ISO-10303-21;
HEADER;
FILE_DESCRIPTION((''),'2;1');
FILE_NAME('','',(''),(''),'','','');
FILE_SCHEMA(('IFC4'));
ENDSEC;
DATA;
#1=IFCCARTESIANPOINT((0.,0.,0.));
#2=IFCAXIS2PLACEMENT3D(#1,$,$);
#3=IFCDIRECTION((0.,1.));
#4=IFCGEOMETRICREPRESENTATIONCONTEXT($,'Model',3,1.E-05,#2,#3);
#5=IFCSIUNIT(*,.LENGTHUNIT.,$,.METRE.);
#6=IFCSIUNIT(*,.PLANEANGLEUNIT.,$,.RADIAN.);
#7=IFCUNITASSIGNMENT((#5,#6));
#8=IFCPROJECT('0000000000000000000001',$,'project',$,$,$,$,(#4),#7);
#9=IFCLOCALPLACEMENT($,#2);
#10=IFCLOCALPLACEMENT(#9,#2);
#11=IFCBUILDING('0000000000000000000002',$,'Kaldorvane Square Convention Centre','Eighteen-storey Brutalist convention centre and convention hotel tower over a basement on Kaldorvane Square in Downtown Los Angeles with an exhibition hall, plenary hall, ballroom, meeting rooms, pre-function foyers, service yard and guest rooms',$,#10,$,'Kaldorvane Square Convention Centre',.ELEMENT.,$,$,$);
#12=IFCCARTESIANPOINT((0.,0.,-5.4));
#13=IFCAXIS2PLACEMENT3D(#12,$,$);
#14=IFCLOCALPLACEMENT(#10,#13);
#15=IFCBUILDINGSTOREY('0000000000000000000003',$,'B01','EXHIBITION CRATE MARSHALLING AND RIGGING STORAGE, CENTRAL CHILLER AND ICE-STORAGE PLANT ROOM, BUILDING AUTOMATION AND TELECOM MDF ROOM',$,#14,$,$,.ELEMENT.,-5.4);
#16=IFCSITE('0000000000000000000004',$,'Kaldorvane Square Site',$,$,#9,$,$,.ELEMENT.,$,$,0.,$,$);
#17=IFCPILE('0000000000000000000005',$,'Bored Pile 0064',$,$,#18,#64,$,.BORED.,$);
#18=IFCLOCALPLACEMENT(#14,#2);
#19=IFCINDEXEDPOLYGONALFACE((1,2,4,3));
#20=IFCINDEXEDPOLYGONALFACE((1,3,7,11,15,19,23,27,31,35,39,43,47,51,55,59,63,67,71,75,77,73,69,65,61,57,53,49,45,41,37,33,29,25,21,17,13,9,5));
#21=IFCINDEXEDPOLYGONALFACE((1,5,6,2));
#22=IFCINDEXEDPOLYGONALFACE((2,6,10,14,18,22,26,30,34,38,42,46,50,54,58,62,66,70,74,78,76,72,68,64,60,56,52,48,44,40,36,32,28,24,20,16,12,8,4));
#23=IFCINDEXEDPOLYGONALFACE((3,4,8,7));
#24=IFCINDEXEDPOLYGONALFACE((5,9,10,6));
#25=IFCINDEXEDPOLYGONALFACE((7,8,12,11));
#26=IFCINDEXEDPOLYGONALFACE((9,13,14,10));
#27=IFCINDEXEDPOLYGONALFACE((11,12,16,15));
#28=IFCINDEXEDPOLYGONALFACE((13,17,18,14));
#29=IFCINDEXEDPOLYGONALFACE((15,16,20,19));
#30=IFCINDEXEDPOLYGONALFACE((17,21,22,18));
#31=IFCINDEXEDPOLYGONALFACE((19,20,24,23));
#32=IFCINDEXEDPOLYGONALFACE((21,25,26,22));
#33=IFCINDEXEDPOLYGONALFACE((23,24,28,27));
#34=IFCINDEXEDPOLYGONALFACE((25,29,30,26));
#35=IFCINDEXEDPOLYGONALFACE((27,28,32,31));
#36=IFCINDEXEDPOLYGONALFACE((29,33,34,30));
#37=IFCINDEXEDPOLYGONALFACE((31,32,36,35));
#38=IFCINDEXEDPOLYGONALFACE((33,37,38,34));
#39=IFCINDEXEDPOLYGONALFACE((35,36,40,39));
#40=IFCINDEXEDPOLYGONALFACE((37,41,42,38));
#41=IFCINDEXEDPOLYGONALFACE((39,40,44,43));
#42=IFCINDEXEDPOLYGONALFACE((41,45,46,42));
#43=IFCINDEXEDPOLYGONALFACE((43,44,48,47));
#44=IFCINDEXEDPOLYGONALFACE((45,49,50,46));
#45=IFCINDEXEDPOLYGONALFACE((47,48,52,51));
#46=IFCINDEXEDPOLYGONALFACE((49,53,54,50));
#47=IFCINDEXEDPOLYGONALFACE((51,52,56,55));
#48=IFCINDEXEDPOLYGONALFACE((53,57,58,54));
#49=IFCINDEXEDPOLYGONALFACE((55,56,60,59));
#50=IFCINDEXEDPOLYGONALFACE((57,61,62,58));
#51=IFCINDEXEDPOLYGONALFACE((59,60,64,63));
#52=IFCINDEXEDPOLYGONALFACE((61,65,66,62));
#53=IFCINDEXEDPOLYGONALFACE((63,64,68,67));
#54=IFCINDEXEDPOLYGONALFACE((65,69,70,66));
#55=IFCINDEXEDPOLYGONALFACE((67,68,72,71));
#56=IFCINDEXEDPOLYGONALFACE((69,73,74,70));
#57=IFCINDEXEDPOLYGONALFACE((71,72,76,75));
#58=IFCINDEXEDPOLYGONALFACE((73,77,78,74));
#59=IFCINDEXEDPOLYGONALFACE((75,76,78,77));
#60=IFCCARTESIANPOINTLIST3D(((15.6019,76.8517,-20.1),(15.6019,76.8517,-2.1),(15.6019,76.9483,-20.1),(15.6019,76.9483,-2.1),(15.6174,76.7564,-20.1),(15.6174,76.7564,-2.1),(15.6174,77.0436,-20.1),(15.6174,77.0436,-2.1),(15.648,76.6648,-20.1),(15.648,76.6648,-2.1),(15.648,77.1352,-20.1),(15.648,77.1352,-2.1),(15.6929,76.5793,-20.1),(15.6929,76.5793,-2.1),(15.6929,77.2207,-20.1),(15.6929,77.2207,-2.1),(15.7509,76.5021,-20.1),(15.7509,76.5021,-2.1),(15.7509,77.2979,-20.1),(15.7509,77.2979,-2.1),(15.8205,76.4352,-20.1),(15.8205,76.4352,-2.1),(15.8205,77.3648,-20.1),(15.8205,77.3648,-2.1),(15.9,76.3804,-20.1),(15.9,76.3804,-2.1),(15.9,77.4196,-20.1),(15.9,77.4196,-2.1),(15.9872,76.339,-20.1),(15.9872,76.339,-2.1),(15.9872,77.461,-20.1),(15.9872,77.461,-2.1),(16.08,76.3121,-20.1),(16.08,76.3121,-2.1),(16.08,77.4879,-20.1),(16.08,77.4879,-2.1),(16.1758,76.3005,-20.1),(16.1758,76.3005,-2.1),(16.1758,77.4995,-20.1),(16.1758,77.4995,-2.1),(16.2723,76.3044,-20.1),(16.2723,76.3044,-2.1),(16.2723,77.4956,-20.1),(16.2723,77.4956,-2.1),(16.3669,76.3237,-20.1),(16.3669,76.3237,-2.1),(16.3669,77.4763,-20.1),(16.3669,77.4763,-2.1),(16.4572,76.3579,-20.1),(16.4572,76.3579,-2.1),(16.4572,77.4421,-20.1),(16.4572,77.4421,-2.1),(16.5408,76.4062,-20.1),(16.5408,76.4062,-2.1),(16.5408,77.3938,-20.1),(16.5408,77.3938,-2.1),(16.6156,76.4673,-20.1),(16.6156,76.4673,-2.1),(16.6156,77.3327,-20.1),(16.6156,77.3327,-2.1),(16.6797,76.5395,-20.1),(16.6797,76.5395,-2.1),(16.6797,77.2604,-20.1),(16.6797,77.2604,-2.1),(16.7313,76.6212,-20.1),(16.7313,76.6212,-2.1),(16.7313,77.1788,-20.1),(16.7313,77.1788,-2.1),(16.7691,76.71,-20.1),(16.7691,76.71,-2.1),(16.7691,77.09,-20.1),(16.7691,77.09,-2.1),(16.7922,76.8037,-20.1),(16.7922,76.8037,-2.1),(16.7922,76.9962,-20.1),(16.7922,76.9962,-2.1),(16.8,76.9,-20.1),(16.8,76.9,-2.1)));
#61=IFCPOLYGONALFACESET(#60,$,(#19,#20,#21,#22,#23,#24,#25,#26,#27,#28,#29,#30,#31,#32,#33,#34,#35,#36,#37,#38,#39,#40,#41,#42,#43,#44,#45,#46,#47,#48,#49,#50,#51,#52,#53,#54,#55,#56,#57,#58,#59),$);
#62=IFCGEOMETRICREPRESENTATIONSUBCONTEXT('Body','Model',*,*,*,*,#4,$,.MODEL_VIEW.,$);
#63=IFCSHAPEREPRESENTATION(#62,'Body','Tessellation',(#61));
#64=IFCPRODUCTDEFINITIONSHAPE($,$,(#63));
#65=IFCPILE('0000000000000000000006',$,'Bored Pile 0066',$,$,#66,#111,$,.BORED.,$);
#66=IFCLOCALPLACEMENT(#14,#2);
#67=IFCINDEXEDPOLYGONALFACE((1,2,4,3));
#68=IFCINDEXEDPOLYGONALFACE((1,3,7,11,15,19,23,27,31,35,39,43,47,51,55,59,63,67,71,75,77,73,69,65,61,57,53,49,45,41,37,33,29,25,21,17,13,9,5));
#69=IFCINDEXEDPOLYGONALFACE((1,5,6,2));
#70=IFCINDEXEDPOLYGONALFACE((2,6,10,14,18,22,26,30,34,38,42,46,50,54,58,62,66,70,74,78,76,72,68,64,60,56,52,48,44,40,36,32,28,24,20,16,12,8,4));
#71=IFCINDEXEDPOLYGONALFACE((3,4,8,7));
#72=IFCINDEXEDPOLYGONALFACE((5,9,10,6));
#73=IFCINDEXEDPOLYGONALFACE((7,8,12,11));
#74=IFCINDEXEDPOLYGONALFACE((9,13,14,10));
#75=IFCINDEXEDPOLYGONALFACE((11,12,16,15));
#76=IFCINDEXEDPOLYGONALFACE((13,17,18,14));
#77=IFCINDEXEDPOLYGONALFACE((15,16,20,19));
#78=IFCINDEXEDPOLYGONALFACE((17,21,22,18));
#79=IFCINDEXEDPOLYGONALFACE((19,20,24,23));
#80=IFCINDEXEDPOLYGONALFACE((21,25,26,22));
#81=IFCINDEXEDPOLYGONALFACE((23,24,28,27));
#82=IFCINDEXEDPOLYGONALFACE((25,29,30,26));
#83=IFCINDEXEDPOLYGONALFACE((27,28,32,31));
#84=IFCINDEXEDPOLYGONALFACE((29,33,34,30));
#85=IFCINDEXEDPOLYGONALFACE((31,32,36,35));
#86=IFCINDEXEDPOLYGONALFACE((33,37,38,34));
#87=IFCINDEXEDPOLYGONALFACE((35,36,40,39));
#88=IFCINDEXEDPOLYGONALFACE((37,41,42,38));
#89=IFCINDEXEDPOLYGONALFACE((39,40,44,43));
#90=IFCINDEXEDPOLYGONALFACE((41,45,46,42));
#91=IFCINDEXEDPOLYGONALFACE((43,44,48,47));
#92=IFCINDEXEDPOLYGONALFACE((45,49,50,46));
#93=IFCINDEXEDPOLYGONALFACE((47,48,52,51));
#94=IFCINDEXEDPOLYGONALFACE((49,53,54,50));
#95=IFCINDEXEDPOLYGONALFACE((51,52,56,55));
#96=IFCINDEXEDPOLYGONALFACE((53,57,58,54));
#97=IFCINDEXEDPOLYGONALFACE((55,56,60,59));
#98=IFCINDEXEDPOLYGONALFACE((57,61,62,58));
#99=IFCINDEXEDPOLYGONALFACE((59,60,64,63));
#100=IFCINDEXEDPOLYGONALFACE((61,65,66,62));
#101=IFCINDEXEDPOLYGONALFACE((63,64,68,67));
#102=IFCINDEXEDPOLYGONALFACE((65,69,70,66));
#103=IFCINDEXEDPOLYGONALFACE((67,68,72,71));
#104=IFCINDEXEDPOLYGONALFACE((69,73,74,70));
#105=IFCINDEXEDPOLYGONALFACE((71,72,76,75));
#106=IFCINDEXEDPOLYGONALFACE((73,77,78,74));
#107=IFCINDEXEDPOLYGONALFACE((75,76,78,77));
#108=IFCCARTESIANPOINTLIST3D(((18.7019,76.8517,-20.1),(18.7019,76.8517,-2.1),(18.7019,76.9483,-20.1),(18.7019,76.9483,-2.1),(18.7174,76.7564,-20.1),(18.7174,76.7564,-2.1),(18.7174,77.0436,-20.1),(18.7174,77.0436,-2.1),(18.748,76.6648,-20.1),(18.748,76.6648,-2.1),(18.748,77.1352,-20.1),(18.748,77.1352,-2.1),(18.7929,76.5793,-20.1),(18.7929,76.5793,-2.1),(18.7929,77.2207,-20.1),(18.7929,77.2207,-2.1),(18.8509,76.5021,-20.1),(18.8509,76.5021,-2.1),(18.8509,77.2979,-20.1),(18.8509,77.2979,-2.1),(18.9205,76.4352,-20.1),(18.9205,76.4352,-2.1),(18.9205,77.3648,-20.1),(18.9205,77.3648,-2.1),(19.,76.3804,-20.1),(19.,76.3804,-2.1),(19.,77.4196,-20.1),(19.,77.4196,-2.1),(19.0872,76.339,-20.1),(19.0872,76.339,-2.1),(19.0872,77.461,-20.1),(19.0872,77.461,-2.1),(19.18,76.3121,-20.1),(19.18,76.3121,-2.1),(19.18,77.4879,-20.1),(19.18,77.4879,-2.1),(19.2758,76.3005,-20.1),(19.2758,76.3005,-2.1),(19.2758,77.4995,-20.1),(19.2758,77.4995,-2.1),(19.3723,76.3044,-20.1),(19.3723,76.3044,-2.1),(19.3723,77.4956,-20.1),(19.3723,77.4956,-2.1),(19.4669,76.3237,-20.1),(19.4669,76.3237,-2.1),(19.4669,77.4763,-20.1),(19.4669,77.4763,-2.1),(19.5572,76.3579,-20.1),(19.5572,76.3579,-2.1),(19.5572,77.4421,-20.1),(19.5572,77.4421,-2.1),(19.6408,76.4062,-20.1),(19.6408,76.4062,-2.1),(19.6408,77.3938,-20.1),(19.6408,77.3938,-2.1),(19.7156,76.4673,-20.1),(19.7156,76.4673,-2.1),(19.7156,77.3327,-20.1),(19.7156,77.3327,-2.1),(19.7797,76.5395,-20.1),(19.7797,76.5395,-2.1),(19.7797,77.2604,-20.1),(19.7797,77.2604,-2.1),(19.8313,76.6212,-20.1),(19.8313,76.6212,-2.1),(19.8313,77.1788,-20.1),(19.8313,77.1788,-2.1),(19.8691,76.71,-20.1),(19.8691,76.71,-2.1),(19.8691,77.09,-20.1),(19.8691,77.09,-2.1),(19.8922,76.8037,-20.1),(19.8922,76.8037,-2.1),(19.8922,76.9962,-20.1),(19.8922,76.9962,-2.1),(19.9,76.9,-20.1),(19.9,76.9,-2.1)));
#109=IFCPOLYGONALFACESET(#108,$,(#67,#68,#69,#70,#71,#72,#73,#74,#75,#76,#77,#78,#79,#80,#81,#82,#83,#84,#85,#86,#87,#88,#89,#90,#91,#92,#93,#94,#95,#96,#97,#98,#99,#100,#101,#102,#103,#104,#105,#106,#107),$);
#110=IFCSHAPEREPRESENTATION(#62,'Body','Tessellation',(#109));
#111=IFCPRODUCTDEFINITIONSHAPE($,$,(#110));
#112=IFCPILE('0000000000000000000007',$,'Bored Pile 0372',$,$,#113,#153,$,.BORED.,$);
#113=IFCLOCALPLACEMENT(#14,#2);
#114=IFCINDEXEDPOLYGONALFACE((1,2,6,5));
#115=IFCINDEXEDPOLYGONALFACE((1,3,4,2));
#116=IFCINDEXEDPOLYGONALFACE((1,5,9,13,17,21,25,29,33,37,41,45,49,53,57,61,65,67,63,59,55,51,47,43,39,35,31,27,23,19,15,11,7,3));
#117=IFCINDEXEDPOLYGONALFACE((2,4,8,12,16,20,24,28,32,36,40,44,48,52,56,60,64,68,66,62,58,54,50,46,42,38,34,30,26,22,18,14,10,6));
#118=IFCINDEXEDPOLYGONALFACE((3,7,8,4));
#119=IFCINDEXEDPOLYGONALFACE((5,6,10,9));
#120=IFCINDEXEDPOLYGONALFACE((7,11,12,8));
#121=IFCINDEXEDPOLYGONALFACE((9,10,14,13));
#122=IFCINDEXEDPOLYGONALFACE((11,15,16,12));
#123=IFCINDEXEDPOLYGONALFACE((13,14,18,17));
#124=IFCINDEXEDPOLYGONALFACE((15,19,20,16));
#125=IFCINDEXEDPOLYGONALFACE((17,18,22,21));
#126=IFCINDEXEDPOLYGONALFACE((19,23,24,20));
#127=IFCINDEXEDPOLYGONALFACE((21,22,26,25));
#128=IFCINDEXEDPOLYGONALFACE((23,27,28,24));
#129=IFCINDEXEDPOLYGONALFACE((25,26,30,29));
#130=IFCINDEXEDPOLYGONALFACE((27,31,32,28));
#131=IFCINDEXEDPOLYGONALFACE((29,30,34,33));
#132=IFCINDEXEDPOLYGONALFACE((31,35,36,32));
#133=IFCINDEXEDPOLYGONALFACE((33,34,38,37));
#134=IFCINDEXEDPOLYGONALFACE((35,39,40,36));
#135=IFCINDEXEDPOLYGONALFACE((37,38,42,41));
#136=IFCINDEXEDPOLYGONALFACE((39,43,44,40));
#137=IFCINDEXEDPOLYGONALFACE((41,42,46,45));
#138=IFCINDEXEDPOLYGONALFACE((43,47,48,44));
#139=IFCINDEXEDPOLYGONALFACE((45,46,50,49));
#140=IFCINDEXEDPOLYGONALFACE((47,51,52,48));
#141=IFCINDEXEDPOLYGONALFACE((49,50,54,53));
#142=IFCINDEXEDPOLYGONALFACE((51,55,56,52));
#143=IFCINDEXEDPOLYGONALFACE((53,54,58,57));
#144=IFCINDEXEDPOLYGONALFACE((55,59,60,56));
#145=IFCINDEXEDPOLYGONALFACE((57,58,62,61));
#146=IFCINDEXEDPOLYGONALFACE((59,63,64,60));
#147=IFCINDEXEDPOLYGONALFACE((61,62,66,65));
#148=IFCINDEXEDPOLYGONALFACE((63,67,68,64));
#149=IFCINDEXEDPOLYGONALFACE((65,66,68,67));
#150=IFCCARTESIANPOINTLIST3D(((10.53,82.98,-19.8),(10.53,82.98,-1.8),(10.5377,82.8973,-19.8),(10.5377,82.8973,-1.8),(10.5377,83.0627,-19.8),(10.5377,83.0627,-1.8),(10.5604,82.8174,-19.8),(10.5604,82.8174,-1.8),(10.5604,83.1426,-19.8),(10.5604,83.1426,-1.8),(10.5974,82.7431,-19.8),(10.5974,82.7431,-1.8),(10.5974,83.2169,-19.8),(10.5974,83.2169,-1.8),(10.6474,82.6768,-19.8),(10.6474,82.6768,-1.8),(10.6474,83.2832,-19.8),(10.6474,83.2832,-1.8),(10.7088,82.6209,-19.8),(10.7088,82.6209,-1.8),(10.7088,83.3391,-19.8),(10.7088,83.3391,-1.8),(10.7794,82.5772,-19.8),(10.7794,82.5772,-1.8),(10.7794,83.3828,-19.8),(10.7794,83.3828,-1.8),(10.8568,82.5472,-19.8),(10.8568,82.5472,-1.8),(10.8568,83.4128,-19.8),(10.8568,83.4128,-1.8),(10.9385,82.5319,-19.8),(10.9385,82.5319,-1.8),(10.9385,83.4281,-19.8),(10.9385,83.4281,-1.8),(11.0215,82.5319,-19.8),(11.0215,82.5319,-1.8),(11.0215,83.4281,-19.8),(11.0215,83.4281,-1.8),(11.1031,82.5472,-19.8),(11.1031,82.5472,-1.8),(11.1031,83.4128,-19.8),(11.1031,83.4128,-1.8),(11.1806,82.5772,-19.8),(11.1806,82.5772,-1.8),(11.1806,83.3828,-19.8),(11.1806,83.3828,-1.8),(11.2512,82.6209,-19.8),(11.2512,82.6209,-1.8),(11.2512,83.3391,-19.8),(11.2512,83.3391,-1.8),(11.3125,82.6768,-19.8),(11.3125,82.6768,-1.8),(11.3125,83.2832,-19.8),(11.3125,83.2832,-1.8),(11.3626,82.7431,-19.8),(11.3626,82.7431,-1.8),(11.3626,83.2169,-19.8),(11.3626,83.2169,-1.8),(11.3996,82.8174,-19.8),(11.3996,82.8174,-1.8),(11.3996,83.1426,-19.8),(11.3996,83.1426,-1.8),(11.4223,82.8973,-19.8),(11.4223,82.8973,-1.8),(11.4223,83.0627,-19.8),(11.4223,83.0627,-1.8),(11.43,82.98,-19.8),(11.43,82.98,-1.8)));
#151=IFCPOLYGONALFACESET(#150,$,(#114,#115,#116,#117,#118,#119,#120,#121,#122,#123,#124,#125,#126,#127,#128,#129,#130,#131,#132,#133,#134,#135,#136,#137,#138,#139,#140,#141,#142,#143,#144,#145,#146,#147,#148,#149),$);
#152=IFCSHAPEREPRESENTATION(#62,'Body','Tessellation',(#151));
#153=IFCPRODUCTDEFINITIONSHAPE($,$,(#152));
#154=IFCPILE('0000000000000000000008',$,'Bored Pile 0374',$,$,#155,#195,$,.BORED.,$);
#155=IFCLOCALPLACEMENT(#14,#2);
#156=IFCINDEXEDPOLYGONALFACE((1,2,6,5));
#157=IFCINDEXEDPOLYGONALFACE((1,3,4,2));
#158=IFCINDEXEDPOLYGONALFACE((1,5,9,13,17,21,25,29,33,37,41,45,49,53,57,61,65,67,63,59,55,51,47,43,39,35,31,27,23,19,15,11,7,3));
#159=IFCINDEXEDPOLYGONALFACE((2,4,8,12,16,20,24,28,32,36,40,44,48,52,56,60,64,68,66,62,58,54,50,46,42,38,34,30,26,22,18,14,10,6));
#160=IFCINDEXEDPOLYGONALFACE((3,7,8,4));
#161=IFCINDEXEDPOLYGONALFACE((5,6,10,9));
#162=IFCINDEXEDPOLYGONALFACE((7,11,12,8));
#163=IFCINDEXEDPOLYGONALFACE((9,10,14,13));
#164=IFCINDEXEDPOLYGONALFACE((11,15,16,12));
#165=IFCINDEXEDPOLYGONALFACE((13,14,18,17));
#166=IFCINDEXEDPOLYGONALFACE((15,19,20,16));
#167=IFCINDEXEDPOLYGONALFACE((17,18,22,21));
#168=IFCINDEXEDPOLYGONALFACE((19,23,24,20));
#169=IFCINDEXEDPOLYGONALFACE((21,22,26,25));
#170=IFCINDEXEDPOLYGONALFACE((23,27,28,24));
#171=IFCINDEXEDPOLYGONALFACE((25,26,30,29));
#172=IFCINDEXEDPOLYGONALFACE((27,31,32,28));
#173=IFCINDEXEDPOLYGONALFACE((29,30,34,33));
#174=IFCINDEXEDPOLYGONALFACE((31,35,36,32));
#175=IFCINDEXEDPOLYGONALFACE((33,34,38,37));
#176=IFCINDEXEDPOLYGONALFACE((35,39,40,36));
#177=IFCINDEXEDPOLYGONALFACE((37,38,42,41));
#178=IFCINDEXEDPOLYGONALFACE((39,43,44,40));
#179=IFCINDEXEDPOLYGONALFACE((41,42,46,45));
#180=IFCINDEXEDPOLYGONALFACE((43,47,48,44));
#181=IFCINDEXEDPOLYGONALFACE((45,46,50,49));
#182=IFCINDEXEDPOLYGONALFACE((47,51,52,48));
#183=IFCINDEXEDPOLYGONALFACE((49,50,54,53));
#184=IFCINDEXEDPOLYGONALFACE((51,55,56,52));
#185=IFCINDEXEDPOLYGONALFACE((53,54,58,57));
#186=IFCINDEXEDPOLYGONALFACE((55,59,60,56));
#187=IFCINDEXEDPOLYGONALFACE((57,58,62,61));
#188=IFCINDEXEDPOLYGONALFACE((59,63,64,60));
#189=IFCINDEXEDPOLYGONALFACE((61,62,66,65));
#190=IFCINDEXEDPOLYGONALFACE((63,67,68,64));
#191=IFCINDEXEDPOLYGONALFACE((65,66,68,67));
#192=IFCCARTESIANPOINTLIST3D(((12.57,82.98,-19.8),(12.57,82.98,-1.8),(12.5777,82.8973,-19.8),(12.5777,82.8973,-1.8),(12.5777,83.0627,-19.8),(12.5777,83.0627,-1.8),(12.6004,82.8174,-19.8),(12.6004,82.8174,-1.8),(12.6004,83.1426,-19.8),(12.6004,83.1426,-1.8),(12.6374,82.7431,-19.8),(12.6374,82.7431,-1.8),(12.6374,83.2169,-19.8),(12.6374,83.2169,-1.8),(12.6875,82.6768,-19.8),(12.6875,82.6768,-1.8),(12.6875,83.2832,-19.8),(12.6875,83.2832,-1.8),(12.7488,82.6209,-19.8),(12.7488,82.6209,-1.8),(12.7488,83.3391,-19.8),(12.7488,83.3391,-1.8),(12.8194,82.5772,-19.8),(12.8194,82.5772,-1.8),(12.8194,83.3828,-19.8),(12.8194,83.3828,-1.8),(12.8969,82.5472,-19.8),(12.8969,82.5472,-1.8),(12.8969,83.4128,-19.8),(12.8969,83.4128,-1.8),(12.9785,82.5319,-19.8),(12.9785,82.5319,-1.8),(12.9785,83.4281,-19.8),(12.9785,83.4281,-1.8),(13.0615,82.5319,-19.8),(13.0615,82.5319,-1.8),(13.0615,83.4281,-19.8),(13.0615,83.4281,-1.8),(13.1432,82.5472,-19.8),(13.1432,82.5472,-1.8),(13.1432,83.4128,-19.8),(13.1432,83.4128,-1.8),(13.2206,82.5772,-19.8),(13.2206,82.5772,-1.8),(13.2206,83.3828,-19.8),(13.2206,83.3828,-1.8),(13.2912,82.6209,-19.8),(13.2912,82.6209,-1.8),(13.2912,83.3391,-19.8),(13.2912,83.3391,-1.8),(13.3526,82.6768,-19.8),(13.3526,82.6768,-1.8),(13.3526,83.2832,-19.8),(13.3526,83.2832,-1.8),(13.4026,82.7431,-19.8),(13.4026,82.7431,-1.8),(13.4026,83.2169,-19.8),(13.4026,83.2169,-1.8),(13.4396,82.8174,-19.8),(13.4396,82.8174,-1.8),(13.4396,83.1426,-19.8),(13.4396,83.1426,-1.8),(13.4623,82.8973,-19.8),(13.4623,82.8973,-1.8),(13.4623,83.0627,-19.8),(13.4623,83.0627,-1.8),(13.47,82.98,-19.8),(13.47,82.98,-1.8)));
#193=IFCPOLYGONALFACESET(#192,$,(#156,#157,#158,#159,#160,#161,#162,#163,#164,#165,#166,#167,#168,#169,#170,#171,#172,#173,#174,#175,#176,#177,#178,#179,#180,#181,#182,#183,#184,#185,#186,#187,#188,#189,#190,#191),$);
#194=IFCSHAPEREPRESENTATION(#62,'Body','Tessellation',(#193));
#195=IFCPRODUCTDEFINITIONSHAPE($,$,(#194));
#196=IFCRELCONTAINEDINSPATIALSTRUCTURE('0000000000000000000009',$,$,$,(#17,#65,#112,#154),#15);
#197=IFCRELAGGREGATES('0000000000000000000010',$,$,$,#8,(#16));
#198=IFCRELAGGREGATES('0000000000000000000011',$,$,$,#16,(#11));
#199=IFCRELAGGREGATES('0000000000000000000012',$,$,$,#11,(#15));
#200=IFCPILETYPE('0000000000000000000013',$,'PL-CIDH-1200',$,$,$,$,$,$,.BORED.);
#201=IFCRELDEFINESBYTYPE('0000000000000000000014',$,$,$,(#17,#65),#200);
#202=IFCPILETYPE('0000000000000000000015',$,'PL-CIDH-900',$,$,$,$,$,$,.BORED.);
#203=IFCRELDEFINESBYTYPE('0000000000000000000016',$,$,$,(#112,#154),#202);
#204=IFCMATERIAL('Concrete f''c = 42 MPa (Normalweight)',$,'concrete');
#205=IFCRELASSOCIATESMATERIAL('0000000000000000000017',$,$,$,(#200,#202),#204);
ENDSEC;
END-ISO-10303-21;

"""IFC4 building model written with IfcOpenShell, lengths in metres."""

from ifc_helpers import new_model, si_unit, direction, frame, origin, origin_2d, place, context, subcontext, project, spatial, circle, extrude, material, material_profile, profile_set, type_object, element, save


model = new_model("IFC4")

# Units and contexts
model_context = context("Model", 3, precision=1e-05, world=origin(), true_north=direction((0.0, 1.0)))
body_context = subcontext(model_context, "Body", "Model", "MODEL_VIEW")
ifc_project = project(units=[si_unit("LENGTHUNIT", "METRE"), si_unit("PLANEANGLEUNIT", "RADIAN")], contexts=[model_context])

# Site, building, storey
site_placement = place(None, origin())
site = spatial("IfcSite", under=ifc_project, at=site_placement, Name="Kaldorvane Square Site", CompositionType="ELEMENT", RefElevation=0.0)
building_placement = place(site_placement, origin())
building = spatial("IfcBuilding", under=site, at=building_placement, Name="Kaldorvane Square Convention Centre", Description="Eighteen-storey Brutalist convention centre and convention hotel tower over a basement on Kaldorvane Square in Downtown Los Angeles with an exhibition hall, plenary hall, ballroom, meeting rooms, pre-function foyers, service yard and guest rooms", LongName="Kaldorvane Square Convention Centre", CompositionType="ELEMENT")
storey_placement = place(building_placement, frame((0.0, 0.0, -5.4)))
storey = spatial("IfcBuildingStorey", under=building, at=storey_placement, Name="B01", Description="EXHIBITION CRATE MARSHALLING AND RIGGING STORAGE, CENTRAL CHILLER AND ICE-STORAGE PLANT ROOM, BUILDING AUTOMATION AND TELECOM MDF ROOM", CompositionType="ELEMENT", Elevation=-5.4)

# Shared definitions
ifc_material_1 = material(Name="Concrete f'c = 42 MPa (Normalweight)", Category="concrete")

# Piles
ifc_material_profile_1 = material_profile(ifc_material_1, circle(Radius=0.6, at=origin_2d()), Name="PILE-D1200")
ifc_profile_set_1 = profile_set([ifc_material_profile_1], Name="Concrete f'c = 42 MPa (Normalweight)")
pile_type_1 = type_object("IfcPileType", Name="PL-CIDH-1200", PredefinedType="BORED", material=ifc_profile_set_1)
for number, where, z_axis, x_axis, name in (
    (1, (16.2, 76.9, -2.1), (0.0, 0.0, -1.0), (1.0, 0.0, 0.0), "Bored Pile 0064"),
    (2, (19.3, 76.9, -2.1), (0.0, 0.0, -1.0), (1.0, 0.0, 0.0), "Bored Pile 0066"),
):
    element("IfcPile", number, at=place(storey_placement, frame(where, z_axis=z_axis, x_axis=x_axis)), inside=storey, type_object=pile_type_1, Name=name, PredefinedType="BORED", context=body_context, shape_type="SweptSolid", body=[
        extrude(circle(Radius=0.6, at=origin_2d()), origin(), (0.0, 0.0, 1.0), 18.0),
    ])
ifc_material_profile_2 = material_profile(ifc_material_1, circle(Radius=0.45, at=origin_2d()), Name="PILE-D900")
ifc_profile_set_2 = profile_set([ifc_material_profile_2], Name="Concrete f'c = 42 MPa (Normalweight)")
pile_type_2 = type_object("IfcPileType", Name="PL-CIDH-900", PredefinedType="BORED", material=ifc_profile_set_2)
for number, where, z_axis, x_axis, name in (
    (3, (10.98, 82.98, -1.8), (0.0, 0.0, -1.0), (1.0, 0.0, 0.0), "Bored Pile 0372"),
    (4, (13.02, 82.98, -1.8), (0.0, 0.0, -1.0), (1.0, 0.0, 0.0), "Bored Pile 0374"),
):
    element("IfcPile", number, at=place(storey_placement, frame(where, z_axis=z_axis, x_axis=x_axis)), inside=storey, type_object=pile_type_2, Name=name, PredefinedType="BORED", context=body_context, shape_type="SweptSolid", body=[
        extrude(circle(Radius=0.45, at=origin_2d()), origin(), (0.0, 0.0, 1.0), 18.0),
    ])

save(model, "model.ifc")
